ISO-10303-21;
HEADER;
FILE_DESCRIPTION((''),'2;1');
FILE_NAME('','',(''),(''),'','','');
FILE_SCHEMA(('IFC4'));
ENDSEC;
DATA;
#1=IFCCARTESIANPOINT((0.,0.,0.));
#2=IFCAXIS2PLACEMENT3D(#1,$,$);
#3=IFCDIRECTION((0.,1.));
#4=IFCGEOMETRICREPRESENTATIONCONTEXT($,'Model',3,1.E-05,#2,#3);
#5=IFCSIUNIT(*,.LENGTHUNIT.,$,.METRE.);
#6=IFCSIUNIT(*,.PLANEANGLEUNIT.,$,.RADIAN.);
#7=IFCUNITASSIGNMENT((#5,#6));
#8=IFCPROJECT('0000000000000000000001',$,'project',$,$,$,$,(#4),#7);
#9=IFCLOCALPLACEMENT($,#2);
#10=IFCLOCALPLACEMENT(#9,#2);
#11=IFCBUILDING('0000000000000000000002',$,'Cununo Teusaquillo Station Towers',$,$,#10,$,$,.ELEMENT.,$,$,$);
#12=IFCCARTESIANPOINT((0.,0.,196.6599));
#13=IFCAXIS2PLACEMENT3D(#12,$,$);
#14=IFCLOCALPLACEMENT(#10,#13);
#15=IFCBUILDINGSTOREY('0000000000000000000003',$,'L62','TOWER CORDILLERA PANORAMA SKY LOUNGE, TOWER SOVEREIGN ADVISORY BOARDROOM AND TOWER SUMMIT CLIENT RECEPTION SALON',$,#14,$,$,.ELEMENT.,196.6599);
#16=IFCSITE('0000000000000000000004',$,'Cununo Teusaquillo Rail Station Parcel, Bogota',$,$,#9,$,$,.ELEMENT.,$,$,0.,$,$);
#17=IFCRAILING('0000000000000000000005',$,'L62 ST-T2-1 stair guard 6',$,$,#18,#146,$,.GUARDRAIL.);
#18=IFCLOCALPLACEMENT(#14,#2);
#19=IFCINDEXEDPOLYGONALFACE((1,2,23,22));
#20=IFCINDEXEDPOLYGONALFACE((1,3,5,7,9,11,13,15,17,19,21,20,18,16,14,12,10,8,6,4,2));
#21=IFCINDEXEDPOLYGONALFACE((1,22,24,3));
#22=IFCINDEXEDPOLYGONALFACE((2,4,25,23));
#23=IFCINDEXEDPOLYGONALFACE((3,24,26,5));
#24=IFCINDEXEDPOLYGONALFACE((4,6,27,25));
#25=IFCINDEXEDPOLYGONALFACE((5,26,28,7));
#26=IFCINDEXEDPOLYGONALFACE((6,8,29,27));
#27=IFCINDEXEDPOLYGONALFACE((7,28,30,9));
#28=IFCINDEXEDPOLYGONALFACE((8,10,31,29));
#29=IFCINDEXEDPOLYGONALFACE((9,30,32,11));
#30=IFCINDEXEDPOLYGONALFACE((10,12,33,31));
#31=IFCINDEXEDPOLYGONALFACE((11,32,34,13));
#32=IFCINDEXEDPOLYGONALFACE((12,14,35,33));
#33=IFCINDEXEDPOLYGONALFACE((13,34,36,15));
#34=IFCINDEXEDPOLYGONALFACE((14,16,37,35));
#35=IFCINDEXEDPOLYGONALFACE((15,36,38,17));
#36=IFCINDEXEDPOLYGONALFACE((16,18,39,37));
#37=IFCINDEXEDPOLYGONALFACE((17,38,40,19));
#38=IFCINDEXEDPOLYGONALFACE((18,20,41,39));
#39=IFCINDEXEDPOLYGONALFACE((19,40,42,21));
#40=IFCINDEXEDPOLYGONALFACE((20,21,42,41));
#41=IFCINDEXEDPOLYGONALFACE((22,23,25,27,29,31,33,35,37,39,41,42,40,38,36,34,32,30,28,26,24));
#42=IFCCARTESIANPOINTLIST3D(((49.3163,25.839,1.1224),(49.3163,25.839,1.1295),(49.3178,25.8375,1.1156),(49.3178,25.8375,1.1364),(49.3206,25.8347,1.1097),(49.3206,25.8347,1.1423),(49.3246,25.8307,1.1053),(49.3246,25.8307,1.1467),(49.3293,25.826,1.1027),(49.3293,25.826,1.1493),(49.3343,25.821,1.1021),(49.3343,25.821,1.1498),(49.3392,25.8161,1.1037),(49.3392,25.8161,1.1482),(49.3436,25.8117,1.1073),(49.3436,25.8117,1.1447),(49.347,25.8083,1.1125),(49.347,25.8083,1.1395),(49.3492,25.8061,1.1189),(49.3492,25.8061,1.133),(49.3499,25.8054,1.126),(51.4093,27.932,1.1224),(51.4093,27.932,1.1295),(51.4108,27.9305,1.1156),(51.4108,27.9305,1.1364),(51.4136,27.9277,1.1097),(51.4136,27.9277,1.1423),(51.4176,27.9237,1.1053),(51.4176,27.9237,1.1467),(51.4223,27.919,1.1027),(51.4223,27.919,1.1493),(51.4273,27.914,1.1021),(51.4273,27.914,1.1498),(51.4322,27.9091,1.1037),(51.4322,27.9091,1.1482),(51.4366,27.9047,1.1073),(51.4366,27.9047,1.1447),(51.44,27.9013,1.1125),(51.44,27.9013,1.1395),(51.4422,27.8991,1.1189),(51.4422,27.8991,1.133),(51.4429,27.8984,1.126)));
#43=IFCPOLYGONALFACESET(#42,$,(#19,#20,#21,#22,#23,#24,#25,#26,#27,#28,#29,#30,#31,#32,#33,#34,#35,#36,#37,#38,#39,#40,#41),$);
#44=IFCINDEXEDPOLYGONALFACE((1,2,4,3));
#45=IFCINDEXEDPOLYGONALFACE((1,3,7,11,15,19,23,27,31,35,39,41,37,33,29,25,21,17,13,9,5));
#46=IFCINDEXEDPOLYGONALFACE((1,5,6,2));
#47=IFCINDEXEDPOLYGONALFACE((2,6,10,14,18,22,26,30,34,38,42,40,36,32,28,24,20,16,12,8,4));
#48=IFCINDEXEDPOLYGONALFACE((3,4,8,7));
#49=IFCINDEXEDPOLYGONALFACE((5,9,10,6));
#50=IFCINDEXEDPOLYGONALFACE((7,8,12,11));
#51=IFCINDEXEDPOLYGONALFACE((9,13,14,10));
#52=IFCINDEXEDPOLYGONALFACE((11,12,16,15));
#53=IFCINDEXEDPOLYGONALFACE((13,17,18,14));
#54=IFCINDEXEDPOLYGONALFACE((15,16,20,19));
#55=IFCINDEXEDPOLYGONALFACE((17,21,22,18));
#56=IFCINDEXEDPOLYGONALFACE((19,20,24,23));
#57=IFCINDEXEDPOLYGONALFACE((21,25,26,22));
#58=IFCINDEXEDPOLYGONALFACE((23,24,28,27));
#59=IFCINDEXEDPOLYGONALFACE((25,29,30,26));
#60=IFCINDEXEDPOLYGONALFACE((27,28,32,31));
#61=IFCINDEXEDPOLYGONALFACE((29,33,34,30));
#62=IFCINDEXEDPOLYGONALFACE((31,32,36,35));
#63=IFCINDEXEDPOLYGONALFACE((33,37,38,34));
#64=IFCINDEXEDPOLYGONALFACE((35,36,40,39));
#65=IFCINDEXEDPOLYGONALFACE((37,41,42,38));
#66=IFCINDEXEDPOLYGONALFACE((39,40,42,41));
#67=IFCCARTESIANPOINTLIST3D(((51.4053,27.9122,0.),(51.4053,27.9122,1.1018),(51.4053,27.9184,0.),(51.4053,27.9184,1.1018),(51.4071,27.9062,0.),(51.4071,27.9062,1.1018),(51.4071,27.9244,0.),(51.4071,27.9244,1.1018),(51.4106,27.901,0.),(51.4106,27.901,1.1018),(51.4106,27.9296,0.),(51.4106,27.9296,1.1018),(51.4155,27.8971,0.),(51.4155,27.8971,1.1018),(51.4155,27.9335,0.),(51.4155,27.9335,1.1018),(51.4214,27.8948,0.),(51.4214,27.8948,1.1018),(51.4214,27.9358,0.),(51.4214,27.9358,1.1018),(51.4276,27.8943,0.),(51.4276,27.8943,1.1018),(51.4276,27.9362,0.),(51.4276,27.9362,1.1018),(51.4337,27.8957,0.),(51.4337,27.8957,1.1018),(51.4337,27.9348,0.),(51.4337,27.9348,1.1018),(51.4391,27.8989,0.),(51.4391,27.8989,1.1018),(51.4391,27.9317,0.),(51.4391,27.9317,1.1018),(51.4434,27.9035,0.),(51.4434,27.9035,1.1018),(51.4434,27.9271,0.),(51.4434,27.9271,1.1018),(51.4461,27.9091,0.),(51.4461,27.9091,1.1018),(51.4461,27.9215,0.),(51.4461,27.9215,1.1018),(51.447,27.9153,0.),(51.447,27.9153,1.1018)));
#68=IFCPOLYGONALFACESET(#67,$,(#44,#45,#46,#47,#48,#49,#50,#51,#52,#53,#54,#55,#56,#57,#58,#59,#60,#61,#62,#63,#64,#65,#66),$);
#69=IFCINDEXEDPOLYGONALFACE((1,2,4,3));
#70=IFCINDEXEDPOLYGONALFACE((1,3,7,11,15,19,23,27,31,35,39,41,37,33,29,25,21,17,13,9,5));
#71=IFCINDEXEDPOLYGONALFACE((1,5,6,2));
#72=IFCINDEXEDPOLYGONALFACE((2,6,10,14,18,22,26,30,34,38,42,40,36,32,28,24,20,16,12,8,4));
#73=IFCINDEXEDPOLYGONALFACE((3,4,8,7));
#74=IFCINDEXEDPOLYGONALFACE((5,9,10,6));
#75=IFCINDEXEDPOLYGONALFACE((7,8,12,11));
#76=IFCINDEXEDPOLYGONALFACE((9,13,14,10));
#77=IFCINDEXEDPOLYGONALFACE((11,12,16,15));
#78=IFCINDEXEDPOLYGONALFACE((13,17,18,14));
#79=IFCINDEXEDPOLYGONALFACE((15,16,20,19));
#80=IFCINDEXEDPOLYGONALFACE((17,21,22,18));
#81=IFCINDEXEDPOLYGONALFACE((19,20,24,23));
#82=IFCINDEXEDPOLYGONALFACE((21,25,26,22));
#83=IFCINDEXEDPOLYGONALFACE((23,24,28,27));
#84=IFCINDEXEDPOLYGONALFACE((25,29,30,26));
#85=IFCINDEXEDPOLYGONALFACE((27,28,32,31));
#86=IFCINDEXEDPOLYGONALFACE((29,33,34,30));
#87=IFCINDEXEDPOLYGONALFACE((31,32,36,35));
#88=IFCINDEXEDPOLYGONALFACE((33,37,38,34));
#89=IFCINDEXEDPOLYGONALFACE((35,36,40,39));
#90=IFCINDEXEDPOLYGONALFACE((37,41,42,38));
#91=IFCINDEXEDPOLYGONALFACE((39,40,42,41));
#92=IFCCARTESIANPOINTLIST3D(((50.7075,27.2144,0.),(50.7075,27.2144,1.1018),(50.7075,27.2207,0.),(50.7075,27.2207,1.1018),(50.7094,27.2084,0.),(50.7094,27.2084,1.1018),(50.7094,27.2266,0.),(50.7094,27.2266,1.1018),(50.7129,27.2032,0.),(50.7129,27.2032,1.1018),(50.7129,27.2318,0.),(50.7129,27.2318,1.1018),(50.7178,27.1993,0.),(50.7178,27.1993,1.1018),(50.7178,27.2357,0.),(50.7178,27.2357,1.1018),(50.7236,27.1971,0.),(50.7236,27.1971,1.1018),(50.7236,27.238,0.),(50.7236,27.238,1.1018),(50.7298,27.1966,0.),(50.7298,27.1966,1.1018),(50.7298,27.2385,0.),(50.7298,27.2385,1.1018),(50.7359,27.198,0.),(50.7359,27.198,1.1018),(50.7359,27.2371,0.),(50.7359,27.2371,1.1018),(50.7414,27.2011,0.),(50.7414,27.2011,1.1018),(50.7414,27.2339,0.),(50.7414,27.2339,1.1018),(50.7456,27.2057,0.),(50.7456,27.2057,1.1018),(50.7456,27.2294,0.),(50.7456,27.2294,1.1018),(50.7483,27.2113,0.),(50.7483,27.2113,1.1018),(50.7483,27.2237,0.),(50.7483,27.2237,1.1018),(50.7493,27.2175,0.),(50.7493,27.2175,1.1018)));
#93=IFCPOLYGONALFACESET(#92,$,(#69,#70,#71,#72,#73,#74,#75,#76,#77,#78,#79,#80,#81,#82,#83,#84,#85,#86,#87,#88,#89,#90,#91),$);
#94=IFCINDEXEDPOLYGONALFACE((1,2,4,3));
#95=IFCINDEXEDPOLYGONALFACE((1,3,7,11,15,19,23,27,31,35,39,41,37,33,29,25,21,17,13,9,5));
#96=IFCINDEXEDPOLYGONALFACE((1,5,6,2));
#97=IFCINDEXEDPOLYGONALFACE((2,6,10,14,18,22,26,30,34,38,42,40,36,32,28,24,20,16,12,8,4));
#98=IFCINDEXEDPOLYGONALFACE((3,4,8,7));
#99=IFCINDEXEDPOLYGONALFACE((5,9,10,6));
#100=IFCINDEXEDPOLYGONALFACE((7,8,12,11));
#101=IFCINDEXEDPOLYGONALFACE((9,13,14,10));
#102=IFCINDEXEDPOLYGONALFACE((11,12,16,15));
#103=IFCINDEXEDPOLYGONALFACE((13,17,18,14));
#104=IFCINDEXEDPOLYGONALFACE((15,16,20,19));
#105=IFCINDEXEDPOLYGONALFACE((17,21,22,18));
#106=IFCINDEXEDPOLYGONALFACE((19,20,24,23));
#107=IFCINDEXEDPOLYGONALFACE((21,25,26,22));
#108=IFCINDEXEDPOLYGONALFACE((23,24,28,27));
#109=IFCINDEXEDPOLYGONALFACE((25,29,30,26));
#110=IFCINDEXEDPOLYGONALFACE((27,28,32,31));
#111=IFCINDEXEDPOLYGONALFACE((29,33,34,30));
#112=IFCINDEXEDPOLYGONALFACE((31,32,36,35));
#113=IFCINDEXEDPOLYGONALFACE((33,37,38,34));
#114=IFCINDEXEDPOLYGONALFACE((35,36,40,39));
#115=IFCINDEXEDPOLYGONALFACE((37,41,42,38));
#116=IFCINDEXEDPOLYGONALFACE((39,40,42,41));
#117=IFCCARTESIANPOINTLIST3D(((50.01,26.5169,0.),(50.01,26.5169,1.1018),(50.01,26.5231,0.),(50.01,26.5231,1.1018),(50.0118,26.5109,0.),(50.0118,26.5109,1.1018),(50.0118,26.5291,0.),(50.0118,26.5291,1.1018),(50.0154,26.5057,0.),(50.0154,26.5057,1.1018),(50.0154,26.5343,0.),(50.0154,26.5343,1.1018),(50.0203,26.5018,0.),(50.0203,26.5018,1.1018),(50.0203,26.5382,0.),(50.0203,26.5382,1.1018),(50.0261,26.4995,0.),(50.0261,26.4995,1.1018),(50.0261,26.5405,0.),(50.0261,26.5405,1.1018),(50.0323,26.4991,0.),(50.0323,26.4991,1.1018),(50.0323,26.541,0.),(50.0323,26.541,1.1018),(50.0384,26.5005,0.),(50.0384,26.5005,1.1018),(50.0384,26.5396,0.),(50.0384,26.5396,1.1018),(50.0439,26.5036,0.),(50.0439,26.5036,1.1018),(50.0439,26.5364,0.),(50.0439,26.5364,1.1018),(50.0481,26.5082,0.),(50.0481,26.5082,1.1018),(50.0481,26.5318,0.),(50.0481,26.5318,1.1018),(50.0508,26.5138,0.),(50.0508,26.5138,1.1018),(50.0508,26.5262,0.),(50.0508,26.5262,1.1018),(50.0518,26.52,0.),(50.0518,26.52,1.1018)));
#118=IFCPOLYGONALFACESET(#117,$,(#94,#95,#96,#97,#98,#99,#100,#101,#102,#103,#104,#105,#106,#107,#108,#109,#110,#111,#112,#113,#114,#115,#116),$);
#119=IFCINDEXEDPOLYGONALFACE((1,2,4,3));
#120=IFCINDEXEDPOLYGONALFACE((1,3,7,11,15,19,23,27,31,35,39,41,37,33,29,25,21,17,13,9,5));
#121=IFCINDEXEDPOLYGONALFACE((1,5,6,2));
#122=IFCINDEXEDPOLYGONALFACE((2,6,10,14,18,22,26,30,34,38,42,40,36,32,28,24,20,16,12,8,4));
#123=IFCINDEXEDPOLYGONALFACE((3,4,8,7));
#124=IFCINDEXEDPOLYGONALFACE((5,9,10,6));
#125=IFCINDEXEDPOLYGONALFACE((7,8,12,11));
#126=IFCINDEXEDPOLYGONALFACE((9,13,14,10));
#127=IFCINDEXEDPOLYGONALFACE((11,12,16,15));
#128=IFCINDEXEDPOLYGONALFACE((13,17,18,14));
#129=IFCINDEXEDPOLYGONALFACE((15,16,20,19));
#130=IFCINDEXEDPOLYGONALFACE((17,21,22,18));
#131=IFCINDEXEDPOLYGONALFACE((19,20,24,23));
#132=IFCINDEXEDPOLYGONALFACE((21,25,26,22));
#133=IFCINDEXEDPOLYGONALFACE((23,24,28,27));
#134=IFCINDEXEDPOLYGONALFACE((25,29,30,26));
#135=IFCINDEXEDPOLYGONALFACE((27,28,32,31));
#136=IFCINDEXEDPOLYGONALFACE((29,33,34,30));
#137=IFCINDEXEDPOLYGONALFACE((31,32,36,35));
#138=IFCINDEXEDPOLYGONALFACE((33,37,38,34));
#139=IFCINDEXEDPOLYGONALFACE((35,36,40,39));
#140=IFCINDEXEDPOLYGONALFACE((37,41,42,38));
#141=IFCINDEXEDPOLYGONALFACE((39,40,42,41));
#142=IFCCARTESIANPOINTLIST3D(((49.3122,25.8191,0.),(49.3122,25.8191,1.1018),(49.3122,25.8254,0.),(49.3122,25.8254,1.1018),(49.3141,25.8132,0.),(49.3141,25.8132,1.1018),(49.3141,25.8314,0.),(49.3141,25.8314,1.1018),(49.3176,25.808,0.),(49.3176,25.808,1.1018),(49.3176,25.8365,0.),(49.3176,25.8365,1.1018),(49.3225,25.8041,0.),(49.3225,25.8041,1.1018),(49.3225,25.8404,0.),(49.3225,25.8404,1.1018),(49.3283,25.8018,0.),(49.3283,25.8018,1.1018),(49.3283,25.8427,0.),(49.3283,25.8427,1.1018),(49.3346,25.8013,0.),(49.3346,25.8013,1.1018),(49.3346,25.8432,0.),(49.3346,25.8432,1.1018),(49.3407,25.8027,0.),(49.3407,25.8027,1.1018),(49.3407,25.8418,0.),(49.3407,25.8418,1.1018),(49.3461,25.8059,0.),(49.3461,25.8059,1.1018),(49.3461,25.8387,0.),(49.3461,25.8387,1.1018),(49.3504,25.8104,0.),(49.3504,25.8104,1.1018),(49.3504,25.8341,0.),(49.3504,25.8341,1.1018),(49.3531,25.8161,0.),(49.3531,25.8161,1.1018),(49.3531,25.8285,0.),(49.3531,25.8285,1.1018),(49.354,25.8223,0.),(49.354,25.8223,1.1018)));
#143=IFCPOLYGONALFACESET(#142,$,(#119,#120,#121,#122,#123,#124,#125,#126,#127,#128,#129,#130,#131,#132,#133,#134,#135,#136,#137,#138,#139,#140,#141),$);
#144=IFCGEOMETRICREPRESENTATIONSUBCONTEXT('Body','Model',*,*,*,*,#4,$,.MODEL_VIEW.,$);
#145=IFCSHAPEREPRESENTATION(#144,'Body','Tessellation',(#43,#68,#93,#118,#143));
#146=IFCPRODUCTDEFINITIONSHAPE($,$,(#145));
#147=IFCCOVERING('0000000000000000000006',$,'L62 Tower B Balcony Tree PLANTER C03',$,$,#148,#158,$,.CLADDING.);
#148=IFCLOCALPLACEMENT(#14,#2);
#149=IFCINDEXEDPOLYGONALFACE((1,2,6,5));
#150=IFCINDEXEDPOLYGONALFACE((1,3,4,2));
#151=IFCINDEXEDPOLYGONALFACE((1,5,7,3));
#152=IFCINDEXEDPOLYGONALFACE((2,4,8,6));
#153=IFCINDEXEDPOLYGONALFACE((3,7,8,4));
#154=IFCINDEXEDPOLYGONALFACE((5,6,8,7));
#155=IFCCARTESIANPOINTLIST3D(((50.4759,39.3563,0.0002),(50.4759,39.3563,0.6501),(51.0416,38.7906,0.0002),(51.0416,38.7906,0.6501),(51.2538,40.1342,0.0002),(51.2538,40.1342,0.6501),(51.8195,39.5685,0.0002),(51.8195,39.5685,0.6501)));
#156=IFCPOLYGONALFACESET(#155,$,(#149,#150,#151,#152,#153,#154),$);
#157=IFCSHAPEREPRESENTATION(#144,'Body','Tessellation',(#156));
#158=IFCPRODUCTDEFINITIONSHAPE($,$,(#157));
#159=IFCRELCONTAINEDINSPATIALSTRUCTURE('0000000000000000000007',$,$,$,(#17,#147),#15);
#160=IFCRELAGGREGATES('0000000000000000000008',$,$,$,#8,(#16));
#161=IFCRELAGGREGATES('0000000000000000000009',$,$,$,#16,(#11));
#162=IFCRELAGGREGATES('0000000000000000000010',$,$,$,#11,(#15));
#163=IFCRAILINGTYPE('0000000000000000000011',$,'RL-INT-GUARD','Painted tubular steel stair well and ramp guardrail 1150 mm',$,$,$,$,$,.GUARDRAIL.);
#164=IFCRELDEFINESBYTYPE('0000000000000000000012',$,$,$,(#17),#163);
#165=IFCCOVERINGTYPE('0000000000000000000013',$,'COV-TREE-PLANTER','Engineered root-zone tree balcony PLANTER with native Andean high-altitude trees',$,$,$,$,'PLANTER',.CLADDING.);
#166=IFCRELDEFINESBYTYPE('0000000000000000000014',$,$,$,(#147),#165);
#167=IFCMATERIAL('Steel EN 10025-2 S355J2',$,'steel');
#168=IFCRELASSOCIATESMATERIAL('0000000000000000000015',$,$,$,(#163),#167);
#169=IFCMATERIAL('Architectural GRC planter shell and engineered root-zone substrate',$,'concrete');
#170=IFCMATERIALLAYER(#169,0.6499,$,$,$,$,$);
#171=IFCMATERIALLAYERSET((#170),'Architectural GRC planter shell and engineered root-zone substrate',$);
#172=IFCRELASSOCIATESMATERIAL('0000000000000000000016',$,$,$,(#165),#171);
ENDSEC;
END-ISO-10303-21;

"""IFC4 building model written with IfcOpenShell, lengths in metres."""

from ifc_helpers import new_model, si_unit, direction, frame, origin, origin_2d, place, context, subcontext, project, spatial, rectangle, circle, extrude, source, transform, mapped, material, layer, layer_set, type_object, element, save


model = new_model("IFC4")

# Units and contexts
model_context = context("Model", 3, precision=1e-05, world=origin(), true_north=direction((0.0, 1.0)))
body_context = subcontext(model_context, "Body", "Model", "MODEL_VIEW")
ifc_project = project(units=[si_unit("LENGTHUNIT", "METRE"), si_unit("PLANEANGLEUNIT", "RADIAN")], contexts=[model_context])

# Site, building, storey
site_placement = place(None, origin())
site = spatial("IfcSite", under=ifc_project, at=site_placement, Name="Cununo Teusaquillo Rail Station Parcel, Bogota", CompositionType="ELEMENT", RefElevation=0.0)
building_placement = place(site_placement, origin())
building = spatial("IfcBuilding", under=site, at=building_placement, Name="Cununo Teusaquillo Station Towers", CompositionType="ELEMENT")
storey_placement = place(building_placement, frame((0.0, 0.0, 196.6599)))
storey = spatial("IfcBuildingStorey", under=building, at=storey_placement, Name="L62", Description="TOWER CORDILLERA PANORAMA SKY LOUNGE, TOWER SOVEREIGN ADVISORY BOARDROOM AND TOWER SUMMIT CLIENT RECEPTION SALON", CompositionType="ELEMENT", Elevation=196.6599)

# Railing
ifc_material_1 = material(Name="Steel EN 10025-2 S355J2", Category="steel")
railing_type_1 = type_object("IfcRailingType", Name="RL-INT-GUARD", Description="Painted tubular steel stair well and ramp guardrail 1150 mm", PredefinedType="GUARDRAIL", material=ifc_material_1)
railing_1_placement = place(storey_placement, frame((51.426, 27.9153, 0.0)))
element("IfcRailing", 1, at=railing_1_placement, inside=storey, type_object=railing_type_1, Name="L62 ST-T2-1 stair guard 6", PredefinedType="GUARDRAIL", context=body_context, shape_type="SweptSolid", body=[
    extrude(circle(Radius=0.0239, at=origin_2d()), frame((0.0, 0.0, 1.126), z_axis=(-0.707107, -0.707107, 0.0), x_axis=(0.707107, -0.707107, 0.0)), (0.0, 0.0, 1.0), 2.96),
    extrude(circle(Radius=0.021, at=origin_2d()), origin(), (0.0, 0.0, 1.0), 1.1018),
    extrude(circle(Radius=0.021, at=origin_2d()), frame((-0.6978, -0.6978, 0.0)), (0.0, 0.0, 1.0), 1.1018),
    extrude(circle(Radius=0.021, at=origin_2d()), frame((-1.3953, -1.3953, 0.0)), (0.0, 0.0, 1.0), 1.1018),
    extrude(circle(Radius=0.021, at=origin_2d()), frame((-2.093, -2.093, 0.0)), (0.0, 0.0, 1.0), 1.1018),
])

# Covering
ifc_material_2 = material(Name="Architectural GRC planter shell and engineered root-zone substrate", Category="concrete")
ifc_layer_1 = layer(ifc_material_2, 0.6499)
ifc_layer_set_1 = layer_set([ifc_layer_1], Name="Architectural GRC planter shell and engineered root-zone substrate")
covering_type = type_object("IfcCoveringType", Name="COV-TREE-PLANTER", Description="Engineered root-zone tree balcony PLANTER with native Andean high-altitude trees", ElementType="PLANTER", PredefinedType="CLADDING", material=ifc_layer_set_1)
shared_shape_1 = source(origin(), body_context, "Body", "SweptSolid", [
    extrude(rectangle(XDim=1.1001, YDim=0.8, at=origin_2d()), origin(), (0.0, 0.0, 1.0), 0.6499),
])
covering_placement = place(storey_placement, frame((51.1477, 39.4624, 0.0002), z_axis=(0.0, 0.0, 1.0), x_axis=(0.707107, 0.707107, 0.0)))
element("IfcCovering", 2, at=covering_placement, inside=storey, type_object=covering_type, Name="L62 Tower B Balcony Tree PLANTER C03", PredefinedType="CLADDING", context=body_context, shape_type="MappedRepresentation", body=[
    mapped(shared_shape_1, transform((0.0, 0.0, 0.0), x_axis=(1.0, 0.0, 0.0), y_axis=(0.0, 1.0, 0.0), z_axis=(0.0, 0.0, 1.0), scale=1.0)),
])

save(model, "model.ifc")
